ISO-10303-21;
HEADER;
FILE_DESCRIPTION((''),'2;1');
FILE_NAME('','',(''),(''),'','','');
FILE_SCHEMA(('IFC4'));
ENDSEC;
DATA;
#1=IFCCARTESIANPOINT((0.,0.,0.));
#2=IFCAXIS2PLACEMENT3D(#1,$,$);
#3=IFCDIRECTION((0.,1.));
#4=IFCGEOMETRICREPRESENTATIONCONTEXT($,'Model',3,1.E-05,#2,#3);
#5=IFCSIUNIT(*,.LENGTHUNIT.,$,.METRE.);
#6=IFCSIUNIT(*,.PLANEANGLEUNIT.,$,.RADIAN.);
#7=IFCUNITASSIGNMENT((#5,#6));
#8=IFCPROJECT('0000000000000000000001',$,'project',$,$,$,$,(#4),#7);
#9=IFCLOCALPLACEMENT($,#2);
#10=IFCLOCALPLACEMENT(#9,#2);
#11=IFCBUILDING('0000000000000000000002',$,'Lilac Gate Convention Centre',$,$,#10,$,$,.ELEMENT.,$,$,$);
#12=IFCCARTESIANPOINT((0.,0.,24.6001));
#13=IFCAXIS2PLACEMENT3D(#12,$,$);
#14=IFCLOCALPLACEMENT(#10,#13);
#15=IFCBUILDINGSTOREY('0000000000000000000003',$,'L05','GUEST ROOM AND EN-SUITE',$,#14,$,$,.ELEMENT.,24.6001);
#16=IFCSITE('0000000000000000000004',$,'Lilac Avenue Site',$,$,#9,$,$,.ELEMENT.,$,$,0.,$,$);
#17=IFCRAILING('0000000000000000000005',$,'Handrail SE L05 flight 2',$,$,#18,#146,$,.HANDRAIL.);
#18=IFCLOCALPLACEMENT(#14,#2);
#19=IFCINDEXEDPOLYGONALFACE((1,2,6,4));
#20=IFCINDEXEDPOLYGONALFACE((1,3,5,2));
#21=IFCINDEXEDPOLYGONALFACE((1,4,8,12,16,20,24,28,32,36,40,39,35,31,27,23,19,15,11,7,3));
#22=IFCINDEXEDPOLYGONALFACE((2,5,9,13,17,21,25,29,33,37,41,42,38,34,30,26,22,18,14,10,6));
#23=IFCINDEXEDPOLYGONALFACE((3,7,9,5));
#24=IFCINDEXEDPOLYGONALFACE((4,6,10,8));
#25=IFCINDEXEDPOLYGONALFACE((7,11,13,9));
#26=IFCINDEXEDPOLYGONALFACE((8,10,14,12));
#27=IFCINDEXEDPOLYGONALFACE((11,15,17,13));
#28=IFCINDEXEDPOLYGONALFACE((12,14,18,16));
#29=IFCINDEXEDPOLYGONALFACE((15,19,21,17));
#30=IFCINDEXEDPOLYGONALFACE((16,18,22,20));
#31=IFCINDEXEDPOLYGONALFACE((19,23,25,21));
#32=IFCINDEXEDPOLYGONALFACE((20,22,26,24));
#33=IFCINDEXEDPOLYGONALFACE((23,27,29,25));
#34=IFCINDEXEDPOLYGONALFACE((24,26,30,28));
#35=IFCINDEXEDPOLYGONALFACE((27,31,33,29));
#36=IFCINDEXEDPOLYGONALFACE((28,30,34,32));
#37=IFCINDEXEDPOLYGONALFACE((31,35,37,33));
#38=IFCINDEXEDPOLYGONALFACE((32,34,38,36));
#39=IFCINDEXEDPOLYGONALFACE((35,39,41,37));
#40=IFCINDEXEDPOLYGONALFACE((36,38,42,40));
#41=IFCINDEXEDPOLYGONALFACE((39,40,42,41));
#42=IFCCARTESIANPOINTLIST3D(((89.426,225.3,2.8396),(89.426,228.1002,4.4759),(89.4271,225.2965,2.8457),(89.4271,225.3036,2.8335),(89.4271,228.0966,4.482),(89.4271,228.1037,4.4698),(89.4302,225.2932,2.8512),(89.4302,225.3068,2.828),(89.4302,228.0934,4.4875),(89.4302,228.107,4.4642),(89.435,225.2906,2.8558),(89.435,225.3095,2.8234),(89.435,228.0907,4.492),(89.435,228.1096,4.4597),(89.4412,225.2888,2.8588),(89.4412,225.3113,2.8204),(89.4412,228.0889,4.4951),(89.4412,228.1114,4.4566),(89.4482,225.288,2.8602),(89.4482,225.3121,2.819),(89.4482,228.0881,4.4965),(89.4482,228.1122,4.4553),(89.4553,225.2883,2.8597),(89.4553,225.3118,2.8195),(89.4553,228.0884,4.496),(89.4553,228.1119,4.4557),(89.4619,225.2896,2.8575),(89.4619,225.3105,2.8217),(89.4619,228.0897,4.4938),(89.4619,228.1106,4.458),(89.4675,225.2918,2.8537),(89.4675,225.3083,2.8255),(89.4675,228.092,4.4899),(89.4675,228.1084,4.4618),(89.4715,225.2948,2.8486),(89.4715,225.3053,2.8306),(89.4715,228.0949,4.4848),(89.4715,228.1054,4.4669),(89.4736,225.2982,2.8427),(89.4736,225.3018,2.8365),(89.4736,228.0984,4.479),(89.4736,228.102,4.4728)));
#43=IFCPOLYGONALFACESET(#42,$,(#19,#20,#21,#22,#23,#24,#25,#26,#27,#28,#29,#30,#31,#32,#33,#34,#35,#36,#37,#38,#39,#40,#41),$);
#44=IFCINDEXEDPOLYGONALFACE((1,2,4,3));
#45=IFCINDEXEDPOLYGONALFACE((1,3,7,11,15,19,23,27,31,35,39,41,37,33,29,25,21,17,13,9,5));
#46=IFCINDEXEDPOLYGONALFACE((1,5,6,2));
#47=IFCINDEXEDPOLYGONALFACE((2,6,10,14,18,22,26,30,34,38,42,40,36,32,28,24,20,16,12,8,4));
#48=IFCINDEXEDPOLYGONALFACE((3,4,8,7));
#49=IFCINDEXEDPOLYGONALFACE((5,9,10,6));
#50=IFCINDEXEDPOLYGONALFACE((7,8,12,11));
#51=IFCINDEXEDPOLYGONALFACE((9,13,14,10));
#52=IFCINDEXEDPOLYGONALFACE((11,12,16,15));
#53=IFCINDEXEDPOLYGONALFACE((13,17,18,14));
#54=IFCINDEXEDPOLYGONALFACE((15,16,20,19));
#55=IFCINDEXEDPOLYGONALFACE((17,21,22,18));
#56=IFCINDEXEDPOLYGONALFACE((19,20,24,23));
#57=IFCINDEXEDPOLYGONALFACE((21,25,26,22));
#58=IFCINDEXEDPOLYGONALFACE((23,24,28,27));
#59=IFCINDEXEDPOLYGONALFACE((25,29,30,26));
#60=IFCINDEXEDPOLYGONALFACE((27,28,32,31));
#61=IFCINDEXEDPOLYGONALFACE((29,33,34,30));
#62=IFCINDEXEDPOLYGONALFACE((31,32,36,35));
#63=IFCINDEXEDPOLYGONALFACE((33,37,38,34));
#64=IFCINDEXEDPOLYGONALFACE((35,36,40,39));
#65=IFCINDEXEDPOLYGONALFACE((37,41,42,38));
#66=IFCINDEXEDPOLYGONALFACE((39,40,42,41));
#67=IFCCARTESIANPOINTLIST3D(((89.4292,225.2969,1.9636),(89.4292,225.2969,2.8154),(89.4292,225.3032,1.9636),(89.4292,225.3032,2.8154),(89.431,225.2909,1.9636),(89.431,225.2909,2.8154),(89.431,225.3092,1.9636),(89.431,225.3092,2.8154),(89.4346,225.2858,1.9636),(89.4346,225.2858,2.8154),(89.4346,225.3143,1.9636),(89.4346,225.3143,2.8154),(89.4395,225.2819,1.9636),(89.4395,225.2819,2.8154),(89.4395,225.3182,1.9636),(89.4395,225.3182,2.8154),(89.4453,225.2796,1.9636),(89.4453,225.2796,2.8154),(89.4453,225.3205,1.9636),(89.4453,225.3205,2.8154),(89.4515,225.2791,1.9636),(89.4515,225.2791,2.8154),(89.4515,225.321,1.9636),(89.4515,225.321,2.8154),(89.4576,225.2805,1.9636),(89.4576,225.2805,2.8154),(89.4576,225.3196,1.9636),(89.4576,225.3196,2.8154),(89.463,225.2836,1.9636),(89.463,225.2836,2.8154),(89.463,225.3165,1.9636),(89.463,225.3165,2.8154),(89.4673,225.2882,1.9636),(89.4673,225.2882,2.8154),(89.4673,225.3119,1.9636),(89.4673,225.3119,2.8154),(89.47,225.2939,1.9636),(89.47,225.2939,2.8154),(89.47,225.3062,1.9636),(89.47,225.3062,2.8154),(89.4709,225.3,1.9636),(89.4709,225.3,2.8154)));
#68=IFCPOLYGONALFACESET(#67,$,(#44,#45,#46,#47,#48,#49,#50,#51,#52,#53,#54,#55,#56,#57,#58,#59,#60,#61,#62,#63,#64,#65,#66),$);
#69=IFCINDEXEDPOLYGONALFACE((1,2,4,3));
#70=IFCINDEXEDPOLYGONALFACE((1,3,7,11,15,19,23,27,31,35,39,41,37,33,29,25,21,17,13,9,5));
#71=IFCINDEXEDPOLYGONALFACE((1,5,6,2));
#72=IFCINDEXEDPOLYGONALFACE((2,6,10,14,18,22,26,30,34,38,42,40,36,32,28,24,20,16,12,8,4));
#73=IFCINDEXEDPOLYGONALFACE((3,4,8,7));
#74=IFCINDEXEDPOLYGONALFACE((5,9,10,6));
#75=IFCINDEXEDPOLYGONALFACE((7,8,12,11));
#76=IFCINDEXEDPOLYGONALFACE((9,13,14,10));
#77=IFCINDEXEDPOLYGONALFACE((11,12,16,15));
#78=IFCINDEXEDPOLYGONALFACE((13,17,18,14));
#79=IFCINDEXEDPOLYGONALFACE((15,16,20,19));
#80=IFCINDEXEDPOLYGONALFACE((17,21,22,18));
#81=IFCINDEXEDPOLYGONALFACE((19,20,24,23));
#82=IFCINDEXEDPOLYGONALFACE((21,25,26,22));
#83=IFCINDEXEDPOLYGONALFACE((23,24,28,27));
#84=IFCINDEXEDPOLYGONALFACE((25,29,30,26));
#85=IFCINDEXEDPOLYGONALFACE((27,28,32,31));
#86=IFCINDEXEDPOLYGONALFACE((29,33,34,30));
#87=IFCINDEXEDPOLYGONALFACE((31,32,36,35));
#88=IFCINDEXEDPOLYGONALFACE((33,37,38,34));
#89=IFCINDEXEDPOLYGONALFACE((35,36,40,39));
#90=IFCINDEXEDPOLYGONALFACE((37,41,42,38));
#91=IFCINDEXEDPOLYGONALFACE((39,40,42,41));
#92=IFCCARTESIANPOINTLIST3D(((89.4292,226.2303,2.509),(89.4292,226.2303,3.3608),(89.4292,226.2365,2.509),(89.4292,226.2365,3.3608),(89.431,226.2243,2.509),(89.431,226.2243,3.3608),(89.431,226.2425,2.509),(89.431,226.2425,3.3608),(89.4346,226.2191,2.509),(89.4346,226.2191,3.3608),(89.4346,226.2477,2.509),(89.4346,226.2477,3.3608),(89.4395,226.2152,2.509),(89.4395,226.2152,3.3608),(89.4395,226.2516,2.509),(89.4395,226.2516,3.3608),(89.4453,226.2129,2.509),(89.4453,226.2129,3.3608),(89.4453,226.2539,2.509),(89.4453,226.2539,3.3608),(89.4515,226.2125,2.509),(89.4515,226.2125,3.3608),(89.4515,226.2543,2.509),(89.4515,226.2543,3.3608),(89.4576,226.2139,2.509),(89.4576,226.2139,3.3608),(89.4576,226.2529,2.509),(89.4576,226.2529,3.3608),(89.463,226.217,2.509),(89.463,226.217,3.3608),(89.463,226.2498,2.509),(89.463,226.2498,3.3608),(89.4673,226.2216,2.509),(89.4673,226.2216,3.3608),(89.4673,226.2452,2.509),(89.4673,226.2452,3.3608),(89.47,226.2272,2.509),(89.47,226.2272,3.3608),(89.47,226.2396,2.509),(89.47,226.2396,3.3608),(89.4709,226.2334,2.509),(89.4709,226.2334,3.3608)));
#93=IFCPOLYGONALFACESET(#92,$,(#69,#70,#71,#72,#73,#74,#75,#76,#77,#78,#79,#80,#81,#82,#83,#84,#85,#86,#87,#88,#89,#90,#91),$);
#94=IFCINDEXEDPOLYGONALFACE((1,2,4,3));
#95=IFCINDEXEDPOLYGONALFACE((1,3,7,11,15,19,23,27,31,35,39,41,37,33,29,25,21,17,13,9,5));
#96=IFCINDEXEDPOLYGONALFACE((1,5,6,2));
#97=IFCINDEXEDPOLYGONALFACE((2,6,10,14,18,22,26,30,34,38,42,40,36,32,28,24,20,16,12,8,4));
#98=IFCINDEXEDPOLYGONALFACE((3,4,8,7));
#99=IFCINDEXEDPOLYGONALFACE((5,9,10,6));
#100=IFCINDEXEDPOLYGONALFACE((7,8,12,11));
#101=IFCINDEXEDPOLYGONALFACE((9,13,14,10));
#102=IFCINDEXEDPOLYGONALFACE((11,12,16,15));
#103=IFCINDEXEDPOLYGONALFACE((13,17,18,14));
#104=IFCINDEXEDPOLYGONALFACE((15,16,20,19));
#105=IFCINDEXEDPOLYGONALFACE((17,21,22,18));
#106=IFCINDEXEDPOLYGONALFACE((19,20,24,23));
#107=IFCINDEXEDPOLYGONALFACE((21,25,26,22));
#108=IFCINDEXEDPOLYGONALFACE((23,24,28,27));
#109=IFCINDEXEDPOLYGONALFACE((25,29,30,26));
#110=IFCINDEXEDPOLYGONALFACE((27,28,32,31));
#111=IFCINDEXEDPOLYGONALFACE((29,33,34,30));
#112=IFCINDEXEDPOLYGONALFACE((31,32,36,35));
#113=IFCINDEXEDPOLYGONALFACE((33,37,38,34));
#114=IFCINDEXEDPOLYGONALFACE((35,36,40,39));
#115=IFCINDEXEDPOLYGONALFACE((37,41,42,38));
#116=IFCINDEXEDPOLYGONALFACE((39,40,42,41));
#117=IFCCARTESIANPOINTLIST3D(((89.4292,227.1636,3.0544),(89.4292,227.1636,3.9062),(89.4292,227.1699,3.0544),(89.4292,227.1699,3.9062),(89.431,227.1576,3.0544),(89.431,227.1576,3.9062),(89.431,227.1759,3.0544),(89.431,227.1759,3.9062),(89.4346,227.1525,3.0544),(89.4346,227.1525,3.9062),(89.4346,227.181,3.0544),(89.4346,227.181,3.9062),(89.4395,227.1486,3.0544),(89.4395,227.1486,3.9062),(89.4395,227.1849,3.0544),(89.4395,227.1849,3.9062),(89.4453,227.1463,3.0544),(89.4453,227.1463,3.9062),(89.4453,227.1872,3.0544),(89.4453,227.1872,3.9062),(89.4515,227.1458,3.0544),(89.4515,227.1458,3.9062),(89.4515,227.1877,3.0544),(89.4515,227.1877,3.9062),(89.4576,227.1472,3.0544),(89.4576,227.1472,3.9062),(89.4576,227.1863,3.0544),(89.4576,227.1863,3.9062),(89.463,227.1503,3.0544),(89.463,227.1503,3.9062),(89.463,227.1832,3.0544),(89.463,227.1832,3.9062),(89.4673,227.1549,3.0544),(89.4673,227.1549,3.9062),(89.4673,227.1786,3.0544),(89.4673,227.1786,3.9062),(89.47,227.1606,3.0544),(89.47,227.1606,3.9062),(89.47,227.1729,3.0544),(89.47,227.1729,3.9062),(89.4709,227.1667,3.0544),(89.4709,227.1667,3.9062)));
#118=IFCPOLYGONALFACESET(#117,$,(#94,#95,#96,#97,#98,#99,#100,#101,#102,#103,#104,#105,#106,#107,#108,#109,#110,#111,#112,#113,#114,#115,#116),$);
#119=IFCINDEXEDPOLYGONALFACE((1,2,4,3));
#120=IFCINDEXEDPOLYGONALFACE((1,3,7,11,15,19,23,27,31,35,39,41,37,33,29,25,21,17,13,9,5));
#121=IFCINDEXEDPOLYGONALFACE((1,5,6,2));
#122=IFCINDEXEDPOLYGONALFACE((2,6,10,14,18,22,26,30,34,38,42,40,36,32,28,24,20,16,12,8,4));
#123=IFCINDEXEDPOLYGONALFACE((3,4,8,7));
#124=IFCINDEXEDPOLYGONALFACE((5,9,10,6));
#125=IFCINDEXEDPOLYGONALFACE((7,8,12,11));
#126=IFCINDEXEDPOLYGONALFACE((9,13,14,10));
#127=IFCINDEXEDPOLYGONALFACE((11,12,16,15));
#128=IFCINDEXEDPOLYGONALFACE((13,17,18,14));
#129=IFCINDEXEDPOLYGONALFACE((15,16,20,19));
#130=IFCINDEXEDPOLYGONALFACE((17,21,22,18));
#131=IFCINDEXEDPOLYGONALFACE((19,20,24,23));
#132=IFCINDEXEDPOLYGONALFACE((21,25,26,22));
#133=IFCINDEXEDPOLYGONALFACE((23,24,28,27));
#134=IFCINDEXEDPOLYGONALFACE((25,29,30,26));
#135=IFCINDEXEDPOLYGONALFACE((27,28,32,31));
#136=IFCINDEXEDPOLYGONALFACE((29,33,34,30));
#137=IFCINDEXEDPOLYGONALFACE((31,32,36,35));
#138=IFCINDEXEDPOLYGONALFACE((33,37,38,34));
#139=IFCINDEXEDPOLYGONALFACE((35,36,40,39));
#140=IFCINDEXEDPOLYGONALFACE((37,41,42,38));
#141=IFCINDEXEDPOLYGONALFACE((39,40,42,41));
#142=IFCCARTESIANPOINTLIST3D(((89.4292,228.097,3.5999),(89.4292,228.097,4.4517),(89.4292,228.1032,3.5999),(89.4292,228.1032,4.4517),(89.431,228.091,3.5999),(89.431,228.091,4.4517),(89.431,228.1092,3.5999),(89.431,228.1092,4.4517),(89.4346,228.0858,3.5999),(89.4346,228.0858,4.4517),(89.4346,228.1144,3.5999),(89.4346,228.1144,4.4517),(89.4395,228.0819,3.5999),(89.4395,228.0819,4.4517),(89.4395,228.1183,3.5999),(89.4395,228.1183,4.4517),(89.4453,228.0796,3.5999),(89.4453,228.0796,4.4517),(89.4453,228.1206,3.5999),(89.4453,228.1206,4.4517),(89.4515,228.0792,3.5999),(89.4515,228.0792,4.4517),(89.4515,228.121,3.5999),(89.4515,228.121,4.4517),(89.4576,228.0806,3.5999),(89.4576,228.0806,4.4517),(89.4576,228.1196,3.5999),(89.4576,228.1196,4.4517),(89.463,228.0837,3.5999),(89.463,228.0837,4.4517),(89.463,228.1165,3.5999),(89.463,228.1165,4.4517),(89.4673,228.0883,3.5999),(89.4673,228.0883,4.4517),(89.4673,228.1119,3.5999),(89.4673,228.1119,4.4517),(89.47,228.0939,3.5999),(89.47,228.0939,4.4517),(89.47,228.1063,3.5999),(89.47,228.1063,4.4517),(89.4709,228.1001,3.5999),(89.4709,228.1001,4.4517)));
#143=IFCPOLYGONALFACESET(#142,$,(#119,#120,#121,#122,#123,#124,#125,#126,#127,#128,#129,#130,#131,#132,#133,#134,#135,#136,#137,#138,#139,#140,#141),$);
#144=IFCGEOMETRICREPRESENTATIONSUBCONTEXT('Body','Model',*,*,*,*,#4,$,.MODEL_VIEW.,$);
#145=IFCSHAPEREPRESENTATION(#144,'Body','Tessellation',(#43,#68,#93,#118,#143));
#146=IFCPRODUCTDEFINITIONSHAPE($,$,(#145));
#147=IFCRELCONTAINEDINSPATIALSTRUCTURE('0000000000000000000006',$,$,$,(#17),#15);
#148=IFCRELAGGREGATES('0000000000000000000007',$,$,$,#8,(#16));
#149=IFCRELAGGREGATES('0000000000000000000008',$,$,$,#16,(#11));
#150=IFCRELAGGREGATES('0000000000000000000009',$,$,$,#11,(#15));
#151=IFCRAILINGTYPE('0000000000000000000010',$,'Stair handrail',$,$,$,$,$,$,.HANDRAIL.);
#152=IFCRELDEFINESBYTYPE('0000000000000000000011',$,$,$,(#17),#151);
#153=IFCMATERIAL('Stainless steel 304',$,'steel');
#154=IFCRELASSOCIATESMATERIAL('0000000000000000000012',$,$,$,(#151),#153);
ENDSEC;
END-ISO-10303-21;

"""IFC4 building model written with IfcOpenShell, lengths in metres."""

from ifc_helpers import new_model, si_unit, direction, frame, origin, origin_2d, place, context, subcontext, project, spatial, circle, extrude, material, type_object, element, save


model = new_model("IFC4")

# Units and contexts
model_context = context("Model", 3, precision=1e-05, world=origin(), true_north=direction((0.0, 1.0)))
body_context = subcontext(model_context, "Body", "Model", "MODEL_VIEW")
ifc_project = project(units=[si_unit("LENGTHUNIT", "METRE"), si_unit("PLANEANGLEUNIT", "RADIAN")], contexts=[model_context])

# Site, building, storey
site_placement = place(None, origin())
site = spatial("IfcSite", under=ifc_project, at=site_placement, Name="Lilac Avenue Site", CompositionType="ELEMENT", RefElevation=0.0)
building_placement = place(site_placement, origin())
building = spatial("IfcBuilding", under=site, at=building_placement, Name="Lilac Gate Convention Centre", CompositionType="ELEMENT")
storey_placement = place(building_placement, frame((0.0, 0.0, 24.6001)))
storey = spatial("IfcBuildingStorey", under=building, at=storey_placement, Name="L05", Description="GUEST ROOM AND EN-SUITE", CompositionType="ELEMENT", Elevation=24.6001)

# Railing
ifc_material_1 = material(Name="Stainless steel 304", Category="steel")
railing_type = type_object("IfcRailingType", Name="Stair handrail", PredefinedType="HANDRAIL", material=ifc_material_1)
for number, where, name in (
    (1, (89.45, 225.3, 1.9636), "Handrail SE L05 flight 2"),
):
    element("IfcRailing", number, at=place(storey_placement, frame(where)), inside=storey, type_object=railing_type, Name=name, PredefinedType="HANDRAIL", context=body_context, shape_type="SweptSolid", body=[
        extrude(circle(Radius=0.0239, at=origin_2d()), frame((0.0, 0.0, 0.876), z_axis=(0.0, 0.863394, 0.504531), x_axis=(-1.0, 0.0, 0.0)), (0.0, 0.0, 1.0), 3.2432),
        extrude(circle(Radius=0.021, at=origin_2d()), origin(), (0.0, 0.0, 1.0), 0.8518),
        extrude(circle(Radius=0.021, at=origin_2d()), frame((0.0, 0.9333, 0.5454)), (0.0, 0.0, 1.0), 0.8518),
        extrude(circle(Radius=0.021, at=origin_2d()), frame((0.0, 1.8667, 1.0908)), (0.0, 0.0, 1.0), 0.8518),
        extrude(circle(Radius=0.021, at=origin_2d()), frame((0.0, 2.8, 1.6362)), (0.0, 0.0, 1.0), 0.8518),
    ])

save(model, "model.ifc")
